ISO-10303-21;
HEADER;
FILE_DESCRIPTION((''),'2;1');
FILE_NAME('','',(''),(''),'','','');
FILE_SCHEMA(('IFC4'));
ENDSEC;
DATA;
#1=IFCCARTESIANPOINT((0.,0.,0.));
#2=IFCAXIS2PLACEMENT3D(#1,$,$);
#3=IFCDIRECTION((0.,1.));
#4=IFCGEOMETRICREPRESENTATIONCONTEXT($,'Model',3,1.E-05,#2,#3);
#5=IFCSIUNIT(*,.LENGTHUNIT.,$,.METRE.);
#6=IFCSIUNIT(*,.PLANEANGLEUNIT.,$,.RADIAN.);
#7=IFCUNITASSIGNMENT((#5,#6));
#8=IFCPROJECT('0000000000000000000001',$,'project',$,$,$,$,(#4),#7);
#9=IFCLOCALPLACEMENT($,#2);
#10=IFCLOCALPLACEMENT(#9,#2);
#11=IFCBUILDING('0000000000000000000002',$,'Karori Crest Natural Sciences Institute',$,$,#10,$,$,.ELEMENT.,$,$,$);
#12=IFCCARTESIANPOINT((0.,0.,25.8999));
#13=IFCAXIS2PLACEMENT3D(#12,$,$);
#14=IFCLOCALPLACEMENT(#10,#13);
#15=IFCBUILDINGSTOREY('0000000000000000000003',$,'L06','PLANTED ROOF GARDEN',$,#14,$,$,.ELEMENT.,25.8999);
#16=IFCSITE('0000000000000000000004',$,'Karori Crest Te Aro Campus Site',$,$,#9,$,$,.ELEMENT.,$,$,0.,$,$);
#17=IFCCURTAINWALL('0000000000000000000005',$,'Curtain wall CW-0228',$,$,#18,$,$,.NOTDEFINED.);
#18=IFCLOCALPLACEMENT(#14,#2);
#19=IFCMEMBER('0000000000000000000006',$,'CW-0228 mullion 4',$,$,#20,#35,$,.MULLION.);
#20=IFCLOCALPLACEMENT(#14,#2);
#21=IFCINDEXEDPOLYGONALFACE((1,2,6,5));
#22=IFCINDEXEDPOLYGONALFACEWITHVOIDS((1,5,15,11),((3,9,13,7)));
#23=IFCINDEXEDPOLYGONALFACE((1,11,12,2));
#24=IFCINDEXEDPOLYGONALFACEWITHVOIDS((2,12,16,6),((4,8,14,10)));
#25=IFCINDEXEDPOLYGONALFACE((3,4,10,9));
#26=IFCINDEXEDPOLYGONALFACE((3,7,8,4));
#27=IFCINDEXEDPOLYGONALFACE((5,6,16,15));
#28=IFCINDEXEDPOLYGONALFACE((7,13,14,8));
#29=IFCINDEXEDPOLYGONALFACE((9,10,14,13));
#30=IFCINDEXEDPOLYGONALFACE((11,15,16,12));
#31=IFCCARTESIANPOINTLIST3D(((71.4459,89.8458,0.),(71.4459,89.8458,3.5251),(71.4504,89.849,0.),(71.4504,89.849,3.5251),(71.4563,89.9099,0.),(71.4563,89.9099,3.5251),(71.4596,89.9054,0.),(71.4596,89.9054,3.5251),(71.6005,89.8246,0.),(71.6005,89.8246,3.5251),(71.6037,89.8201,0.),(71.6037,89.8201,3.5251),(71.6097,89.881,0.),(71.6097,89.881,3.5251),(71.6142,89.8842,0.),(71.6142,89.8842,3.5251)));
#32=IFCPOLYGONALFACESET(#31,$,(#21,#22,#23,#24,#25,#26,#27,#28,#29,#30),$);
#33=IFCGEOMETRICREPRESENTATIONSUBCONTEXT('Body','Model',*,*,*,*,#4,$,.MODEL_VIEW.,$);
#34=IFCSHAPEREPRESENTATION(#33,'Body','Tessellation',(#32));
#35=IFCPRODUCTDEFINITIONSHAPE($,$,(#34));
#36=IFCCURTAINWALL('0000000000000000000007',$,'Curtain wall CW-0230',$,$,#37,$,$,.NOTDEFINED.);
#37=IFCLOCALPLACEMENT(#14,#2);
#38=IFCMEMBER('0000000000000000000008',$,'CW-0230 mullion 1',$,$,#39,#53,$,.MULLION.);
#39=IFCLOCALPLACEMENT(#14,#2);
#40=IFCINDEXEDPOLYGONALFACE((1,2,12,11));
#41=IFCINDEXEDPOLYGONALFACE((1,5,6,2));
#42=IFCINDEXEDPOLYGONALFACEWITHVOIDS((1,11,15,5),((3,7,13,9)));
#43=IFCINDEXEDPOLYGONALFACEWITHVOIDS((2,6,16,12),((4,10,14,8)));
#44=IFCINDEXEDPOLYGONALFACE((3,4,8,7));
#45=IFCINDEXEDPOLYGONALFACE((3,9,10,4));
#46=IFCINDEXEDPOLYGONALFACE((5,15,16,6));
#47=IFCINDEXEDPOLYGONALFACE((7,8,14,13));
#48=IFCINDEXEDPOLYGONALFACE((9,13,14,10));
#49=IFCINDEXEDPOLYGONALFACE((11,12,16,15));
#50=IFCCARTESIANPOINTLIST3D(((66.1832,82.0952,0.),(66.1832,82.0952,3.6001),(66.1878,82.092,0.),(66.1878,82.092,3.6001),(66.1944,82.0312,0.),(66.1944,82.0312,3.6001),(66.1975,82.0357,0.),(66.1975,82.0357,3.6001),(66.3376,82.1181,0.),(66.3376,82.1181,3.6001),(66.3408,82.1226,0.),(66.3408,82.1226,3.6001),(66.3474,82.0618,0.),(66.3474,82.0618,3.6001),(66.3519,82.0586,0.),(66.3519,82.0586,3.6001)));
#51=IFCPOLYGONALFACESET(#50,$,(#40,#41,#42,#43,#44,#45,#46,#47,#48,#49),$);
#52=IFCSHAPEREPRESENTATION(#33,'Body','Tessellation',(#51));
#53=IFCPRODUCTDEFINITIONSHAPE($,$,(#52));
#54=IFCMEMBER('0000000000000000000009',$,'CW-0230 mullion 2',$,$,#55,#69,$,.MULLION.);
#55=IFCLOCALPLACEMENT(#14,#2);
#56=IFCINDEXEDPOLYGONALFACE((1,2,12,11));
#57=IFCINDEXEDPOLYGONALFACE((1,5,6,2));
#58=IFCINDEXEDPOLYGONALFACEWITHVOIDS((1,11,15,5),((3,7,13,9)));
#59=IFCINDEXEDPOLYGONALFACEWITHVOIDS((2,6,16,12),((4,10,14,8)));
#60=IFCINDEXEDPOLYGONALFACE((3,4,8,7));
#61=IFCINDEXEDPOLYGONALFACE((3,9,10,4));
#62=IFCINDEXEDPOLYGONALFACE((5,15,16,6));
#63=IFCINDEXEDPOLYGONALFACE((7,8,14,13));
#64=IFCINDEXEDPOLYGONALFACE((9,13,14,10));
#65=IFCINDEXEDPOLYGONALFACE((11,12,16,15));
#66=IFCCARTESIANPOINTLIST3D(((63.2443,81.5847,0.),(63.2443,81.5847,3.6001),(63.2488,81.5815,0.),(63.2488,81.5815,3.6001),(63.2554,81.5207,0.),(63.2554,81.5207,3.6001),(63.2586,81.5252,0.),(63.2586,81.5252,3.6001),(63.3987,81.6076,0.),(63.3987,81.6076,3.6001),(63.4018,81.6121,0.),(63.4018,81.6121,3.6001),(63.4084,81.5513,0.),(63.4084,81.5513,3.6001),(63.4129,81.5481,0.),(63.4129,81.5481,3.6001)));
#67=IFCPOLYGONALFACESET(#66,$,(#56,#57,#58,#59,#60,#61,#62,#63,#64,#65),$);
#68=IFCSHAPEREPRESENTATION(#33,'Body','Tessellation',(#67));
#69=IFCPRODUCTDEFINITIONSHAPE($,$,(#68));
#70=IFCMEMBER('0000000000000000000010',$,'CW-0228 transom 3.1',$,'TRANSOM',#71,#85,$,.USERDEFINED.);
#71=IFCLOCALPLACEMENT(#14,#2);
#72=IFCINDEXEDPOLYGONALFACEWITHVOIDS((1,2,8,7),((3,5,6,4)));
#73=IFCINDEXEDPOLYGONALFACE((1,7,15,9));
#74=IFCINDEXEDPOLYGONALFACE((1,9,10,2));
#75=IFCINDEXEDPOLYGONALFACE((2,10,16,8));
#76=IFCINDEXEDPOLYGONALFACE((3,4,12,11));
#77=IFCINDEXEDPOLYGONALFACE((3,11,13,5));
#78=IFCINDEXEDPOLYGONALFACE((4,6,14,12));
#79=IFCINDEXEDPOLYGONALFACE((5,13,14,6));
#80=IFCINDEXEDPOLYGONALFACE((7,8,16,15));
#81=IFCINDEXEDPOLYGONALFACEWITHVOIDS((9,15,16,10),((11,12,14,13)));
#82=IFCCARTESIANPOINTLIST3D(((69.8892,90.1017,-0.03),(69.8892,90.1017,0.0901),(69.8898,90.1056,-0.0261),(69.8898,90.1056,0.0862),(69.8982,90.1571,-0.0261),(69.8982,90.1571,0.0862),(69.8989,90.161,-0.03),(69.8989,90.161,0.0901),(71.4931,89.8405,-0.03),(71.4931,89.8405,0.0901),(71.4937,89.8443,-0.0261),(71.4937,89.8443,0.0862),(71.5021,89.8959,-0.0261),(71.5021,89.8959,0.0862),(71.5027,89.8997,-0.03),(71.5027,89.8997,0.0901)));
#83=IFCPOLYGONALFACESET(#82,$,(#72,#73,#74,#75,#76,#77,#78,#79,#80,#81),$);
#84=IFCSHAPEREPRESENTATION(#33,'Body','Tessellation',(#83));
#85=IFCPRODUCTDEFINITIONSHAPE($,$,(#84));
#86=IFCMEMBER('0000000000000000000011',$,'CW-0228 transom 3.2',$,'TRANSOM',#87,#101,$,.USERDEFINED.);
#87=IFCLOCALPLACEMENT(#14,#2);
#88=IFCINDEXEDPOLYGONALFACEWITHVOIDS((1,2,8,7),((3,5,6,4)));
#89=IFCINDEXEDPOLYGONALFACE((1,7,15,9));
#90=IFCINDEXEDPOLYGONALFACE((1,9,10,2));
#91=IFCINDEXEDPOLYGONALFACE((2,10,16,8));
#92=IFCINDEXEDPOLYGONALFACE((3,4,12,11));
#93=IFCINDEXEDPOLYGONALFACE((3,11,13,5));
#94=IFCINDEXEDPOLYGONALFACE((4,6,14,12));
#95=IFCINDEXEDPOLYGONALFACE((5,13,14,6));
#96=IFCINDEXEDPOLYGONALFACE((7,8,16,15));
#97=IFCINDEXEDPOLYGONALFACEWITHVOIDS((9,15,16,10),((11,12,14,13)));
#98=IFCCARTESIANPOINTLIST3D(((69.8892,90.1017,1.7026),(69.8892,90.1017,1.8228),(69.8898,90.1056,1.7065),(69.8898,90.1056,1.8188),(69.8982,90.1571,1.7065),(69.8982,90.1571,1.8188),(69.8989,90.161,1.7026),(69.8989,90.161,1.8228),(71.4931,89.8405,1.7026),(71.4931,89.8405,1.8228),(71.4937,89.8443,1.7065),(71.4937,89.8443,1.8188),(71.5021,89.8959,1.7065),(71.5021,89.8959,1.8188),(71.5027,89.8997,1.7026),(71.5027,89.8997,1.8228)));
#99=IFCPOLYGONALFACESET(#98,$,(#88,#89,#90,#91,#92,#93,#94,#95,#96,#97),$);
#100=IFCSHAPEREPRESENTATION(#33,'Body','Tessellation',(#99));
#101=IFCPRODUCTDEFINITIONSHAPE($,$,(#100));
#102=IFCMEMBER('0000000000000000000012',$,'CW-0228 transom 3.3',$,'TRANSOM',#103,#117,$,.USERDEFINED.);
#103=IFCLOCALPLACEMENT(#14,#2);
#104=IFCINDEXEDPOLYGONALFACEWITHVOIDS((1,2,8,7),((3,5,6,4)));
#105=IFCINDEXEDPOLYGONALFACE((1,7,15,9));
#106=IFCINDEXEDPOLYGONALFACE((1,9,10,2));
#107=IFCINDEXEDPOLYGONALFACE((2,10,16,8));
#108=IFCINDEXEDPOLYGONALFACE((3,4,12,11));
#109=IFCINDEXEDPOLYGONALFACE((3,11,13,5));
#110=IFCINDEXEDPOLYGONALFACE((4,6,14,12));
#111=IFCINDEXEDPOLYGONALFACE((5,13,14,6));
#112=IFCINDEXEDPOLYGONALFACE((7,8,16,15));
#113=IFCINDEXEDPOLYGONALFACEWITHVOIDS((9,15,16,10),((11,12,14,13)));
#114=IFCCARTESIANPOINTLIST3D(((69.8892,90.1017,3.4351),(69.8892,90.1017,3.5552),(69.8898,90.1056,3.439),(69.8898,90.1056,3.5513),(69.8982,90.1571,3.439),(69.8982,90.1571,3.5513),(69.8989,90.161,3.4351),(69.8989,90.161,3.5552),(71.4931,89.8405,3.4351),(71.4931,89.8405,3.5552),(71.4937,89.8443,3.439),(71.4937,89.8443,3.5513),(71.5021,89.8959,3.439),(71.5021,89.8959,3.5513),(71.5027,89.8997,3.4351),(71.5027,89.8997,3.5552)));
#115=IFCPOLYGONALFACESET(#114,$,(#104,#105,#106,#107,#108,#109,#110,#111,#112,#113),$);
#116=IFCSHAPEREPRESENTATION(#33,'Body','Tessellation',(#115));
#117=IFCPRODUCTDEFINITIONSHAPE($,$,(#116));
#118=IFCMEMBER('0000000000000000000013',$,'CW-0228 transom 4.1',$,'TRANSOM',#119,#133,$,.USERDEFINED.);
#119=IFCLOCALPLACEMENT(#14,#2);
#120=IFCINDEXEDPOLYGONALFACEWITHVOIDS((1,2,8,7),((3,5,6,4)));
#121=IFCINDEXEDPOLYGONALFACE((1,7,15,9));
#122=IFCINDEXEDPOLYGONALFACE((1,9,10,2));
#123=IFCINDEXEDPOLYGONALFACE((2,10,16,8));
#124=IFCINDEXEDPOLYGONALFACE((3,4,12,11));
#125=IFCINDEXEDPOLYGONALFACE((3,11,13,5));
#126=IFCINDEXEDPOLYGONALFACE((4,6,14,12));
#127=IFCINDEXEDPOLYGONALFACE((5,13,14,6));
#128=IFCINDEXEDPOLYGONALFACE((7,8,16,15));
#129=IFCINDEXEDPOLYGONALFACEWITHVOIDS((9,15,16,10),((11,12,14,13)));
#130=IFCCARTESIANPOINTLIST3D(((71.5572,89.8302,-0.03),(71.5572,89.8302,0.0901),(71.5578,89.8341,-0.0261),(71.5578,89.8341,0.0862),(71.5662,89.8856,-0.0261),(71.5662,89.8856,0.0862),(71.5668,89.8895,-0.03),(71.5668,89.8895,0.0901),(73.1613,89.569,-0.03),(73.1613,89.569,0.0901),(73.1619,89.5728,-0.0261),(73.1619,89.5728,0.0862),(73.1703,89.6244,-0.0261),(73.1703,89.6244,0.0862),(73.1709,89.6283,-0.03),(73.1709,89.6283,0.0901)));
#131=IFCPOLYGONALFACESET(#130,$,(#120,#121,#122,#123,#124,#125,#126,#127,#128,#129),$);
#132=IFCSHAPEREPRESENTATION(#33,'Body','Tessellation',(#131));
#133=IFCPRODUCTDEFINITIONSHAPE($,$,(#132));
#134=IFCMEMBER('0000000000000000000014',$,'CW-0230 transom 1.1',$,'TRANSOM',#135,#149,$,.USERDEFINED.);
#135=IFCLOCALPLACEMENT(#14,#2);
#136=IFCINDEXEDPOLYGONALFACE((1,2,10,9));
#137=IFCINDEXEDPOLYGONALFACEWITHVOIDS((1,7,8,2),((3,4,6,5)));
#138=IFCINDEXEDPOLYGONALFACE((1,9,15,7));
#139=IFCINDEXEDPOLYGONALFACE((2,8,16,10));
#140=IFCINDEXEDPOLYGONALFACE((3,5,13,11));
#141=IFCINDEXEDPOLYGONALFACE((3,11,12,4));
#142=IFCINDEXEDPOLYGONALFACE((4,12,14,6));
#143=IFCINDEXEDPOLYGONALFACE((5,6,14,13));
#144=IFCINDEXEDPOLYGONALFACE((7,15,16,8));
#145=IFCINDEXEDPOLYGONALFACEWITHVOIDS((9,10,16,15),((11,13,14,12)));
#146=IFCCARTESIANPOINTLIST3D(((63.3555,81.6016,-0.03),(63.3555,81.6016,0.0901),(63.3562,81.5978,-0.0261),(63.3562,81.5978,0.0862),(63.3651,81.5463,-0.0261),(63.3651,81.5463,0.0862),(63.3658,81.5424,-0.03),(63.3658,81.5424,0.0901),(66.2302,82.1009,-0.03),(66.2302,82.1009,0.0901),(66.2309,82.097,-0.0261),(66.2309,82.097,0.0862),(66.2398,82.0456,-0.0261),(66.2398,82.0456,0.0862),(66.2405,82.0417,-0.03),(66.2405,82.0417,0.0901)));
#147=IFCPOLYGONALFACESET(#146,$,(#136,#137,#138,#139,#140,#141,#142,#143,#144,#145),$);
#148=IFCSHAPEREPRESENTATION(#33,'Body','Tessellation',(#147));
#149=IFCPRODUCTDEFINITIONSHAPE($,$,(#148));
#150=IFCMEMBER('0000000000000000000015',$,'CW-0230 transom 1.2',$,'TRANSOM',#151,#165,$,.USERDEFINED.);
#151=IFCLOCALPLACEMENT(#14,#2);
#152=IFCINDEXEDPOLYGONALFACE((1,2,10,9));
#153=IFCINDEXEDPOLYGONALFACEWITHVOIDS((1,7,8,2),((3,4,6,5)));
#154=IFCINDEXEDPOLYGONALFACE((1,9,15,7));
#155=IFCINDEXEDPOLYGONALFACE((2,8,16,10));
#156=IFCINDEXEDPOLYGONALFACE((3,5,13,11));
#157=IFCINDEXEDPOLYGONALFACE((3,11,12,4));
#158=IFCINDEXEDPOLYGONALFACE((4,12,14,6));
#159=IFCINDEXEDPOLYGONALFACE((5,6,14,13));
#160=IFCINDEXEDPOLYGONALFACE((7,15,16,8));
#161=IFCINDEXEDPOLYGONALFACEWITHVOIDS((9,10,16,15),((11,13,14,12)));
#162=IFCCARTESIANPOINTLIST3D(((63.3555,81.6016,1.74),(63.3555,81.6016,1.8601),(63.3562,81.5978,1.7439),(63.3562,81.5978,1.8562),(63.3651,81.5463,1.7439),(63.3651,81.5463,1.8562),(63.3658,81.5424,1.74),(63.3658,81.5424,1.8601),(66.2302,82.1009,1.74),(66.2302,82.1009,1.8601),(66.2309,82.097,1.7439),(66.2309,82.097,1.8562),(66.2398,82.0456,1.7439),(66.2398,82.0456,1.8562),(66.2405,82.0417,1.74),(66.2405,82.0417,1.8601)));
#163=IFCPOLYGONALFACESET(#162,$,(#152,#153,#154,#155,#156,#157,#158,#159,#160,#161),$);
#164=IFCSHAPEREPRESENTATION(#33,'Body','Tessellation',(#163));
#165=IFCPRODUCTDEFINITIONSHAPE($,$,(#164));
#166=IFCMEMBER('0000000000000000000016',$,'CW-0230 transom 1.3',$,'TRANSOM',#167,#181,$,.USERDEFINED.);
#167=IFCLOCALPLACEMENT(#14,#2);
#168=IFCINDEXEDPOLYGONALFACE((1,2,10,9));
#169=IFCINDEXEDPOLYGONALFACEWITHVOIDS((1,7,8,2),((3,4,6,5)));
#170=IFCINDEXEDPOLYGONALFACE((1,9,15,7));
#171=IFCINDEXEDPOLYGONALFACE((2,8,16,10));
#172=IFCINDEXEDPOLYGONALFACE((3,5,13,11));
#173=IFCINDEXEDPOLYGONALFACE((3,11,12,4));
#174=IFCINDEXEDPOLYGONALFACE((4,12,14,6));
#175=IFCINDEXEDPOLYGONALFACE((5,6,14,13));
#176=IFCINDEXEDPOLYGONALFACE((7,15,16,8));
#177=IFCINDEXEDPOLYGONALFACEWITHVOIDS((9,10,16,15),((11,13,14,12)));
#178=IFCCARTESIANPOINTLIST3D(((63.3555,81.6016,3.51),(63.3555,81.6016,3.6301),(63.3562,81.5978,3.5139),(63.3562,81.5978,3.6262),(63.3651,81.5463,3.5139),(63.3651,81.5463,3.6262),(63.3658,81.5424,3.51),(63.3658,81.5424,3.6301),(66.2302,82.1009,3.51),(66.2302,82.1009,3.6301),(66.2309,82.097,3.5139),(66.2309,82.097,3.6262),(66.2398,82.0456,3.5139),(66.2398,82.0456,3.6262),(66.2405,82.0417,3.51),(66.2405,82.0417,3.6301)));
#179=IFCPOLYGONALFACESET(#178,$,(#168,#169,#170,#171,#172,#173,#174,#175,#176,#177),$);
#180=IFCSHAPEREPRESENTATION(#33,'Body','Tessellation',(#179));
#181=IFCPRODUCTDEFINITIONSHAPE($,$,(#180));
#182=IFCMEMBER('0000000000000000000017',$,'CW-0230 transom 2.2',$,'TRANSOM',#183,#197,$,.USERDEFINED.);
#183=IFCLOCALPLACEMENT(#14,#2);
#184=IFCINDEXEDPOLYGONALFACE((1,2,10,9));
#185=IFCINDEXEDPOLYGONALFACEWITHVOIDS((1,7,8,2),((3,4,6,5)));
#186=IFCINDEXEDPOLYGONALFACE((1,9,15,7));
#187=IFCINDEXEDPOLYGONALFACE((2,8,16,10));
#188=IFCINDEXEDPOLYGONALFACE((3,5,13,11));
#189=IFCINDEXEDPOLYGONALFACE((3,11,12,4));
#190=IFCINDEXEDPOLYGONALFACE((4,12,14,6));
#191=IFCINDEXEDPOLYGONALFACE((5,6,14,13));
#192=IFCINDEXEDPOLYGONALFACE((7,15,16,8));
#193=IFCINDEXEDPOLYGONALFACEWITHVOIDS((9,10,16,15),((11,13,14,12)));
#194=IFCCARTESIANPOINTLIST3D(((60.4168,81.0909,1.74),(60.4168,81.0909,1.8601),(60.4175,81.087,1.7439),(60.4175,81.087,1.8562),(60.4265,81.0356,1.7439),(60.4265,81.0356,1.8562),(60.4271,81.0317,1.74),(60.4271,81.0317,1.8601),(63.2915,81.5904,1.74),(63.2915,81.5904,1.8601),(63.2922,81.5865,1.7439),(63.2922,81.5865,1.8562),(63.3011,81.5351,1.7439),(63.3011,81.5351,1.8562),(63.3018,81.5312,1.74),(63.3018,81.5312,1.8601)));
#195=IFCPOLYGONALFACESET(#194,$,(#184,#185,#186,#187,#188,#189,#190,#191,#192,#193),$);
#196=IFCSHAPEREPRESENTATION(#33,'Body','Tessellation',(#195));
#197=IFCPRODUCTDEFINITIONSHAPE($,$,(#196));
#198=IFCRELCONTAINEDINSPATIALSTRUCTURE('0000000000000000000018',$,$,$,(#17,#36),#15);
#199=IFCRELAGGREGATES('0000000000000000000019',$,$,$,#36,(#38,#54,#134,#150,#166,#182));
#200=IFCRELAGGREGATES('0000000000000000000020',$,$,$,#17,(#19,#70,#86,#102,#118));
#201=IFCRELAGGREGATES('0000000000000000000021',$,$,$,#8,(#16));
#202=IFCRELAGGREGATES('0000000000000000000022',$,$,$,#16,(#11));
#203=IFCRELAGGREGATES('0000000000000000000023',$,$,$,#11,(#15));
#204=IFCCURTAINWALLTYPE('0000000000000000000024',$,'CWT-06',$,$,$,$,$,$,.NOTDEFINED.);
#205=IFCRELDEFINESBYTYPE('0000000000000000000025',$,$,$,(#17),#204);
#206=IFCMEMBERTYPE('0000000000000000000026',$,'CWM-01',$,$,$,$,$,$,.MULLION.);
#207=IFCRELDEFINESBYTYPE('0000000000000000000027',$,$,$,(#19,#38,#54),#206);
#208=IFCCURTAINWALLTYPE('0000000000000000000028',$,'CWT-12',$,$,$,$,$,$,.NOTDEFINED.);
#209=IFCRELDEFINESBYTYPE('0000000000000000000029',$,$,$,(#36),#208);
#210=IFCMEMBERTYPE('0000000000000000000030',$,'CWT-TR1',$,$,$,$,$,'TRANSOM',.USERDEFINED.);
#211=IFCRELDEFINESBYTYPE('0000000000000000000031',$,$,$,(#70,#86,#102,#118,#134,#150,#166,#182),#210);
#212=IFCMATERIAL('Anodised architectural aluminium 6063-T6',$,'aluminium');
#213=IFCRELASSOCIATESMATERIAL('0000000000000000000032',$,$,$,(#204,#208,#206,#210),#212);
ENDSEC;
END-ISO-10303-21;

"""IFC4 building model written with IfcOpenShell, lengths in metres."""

from ifc_helpers import new_model, si_unit, direction, frame, origin, origin_2d, place, context, subcontext, project, spatial, hollow_rectangle, extrude, material, material_profile, profile_set, type_object, element, aggregate, save


model = new_model("IFC4")

# Units and contexts
model_context = context("Model", 3, precision=1e-05, world=origin(), true_north=direction((0.0, 1.0)))
body_context = subcontext(model_context, "Body", "Model", "MODEL_VIEW")
ifc_project = project(units=[si_unit("LENGTHUNIT", "METRE"), si_unit("PLANEANGLEUNIT", "RADIAN")], contexts=[model_context])

# Site, building, storey
site_placement = place(None, origin())
site = spatial("IfcSite", under=ifc_project, at=site_placement, Name="Karori Crest Te Aro Campus Site", CompositionType="ELEMENT", RefElevation=0.0)
building_placement = place(site_placement, origin())
building = spatial("IfcBuilding", under=site, at=building_placement, Name="Karori Crest Natural Sciences Institute", CompositionType="ELEMENT")
storey_placement = place(building_placement, frame((0.0, 0.0, 25.8999)))
storey = spatial("IfcBuildingStorey", under=building, at=storey_placement, Name="L06", Description="PLANTED ROOF GARDEN", CompositionType="ELEMENT", Elevation=25.8999)

# Curtain walls, members
ifc_material_1 = material(Name="Anodised architectural aluminium 6063-T6", Category="aluminium")
curtain_wall_type_1 = type_object("IfcCurtainWallType", Name="CWT-06", PredefinedType="NOTDEFINED", material=ifc_material_1)
curtain_wall_1_placement = place(storey_placement, origin())
curtain_wall_1 = element("IfcCurtainWall", 1, at=curtain_wall_1_placement, inside=storey, type_object=curtain_wall_type_1, Name="Curtain wall CW-0228", PredefinedType="NOTDEFINED")
ifc_material_profile_1 = material_profile(ifc_material_1, hollow_rectangle(XDim=0.0649, YDim=0.1599, WallThickness=0.0039, at=origin_2d()), Name="CWM160x65x4")
ifc_profile_set_1 = profile_set([ifc_material_profile_1], Name="Anodised architectural aluminium 6063-T6")
member_type_1 = type_object("IfcMemberType", Name="CWM-01", PredefinedType="MULLION", material=ifc_profile_set_1)
member_1_placement = place(storey_placement, frame((71.53, 89.865, 0.0), z_axis=(0.0, 0.0, 1.0), x_axis=(0.160655, 0.987011, 0.0)))
member_1 = element("IfcMember", 2, at=member_1_placement, type_object=member_type_1, Name="CW-0228 mullion 4", PredefinedType="MULLION", context=body_context, shape_type="SweptSolid", body=[
    extrude(hollow_rectangle(XDim=0.0649, YDim=0.1599, WallThickness=0.0039, at=origin_2d()), origin(), (0.0, 0.0, 1.0), 3.5251),
])
curtain_wall_type_2 = type_object("IfcCurtainWallType", Name="CWT-12", PredefinedType="NOTDEFINED", material=ifc_material_1)
curtain_wall_2_placement = place(storey_placement, origin())
curtain_wall_2 = element("IfcCurtainWall", 3, at=curtain_wall_2_placement, inside=storey, type_object=curtain_wall_type_2, Name="Curtain wall CW-0230", PredefinedType="NOTDEFINED")
member_2_placement = place(storey_placement, frame((66.2676, 82.0769, 0.0), z_axis=(0.0, 0.0, 1.0), x_axis=(0.171174, -0.985241, 0.0)))
member_2 = element("IfcMember", 4, at=member_2_placement, type_object=member_type_1, Name="CW-0230 mullion 1", PredefinedType="MULLION", context=body_context, shape_type="SweptSolid", body=[
    extrude(hollow_rectangle(XDim=0.0649, YDim=0.1599, WallThickness=0.0039, at=origin_2d()), origin(), (0.0, 0.0, 1.0), 3.6001),
])
member_3_placement = place(storey_placement, frame((63.3286, 81.5664, 0.0), z_axis=(0.0, 0.0, 1.0), x_axis=(0.171174, -0.985241, 0.0)))
member_3 = element("IfcMember", 5, at=member_3_placement, type_object=member_type_1, Name="CW-0230 mullion 2", PredefinedType="MULLION", context=body_context, shape_type="SweptSolid", body=[
    extrude(hollow_rectangle(XDim=0.0649, YDim=0.1599, WallThickness=0.0039, at=origin_2d()), origin(), (0.0, 0.0, 1.0), 3.6001),
])

# Members
ifc_material_profile_2 = material_profile(ifc_material_1, hollow_rectangle(XDim=0.0601, YDim=0.1201, WallThickness=0.0039, at=origin_2d()), Name="CWT120x60x4")
ifc_profile_set_2 = profile_set([ifc_material_profile_2], Name="Anodised architectural aluminium 6063-T6")
member_type_2 = type_object("IfcMemberType", Name="CWT-TR1", ElementType="TRANSOM", PredefinedType="USERDEFINED", material=ifc_profile_set_2)
member_4_placement = place(storey_placement, frame((69.894, 90.1313, 0.03), z_axis=(0.986992, -0.160768, 0.0), x_axis=(0.160768, 0.986992, 0.0)))
member_4 = element("IfcMember", 6, at=member_4_placement, type_object=member_type_2, Name="CW-0228 transom 3.1", ObjectType="TRANSOM", PredefinedType="USERDEFINED", context=body_context, shape_type="SweptSolid", body=[
    extrude(hollow_rectangle(XDim=0.0601, YDim=0.1201, WallThickness=0.0039, at=origin_2d()), origin(), (0.0, 0.0, 1.0), 1.625),
])
member_5_placement = place(storey_placement, frame((69.894, 90.1313, 1.7627), z_axis=(0.986992, -0.160768, 0.0), x_axis=(0.160768, 0.986992, 0.0)))
member_5 = element("IfcMember", 7, at=member_5_placement, type_object=member_type_2, Name="CW-0228 transom 3.2", ObjectType="TRANSOM", PredefinedType="USERDEFINED", context=body_context, shape_type="SweptSolid", body=[
    extrude(hollow_rectangle(XDim=0.0601, YDim=0.1201, WallThickness=0.0039, at=origin_2d()), origin(), (0.0, 0.0, 1.0), 1.625),
])
member_6_placement = place(storey_placement, frame((69.894, 90.1313, 3.4951), z_axis=(0.986992, -0.160768, 0.0), x_axis=(0.160768, 0.986992, 0.0)))
member_6 = element("IfcMember", 8, at=member_6_placement, type_object=member_type_2, Name="CW-0228 transom 3.3", ObjectType="TRANSOM", PredefinedType="USERDEFINED", context=body_context, shape_type="SweptSolid", body=[
    extrude(hollow_rectangle(XDim=0.0601, YDim=0.1201, WallThickness=0.0039, at=origin_2d()), origin(), (0.0, 0.0, 1.0), 1.625),
])
member_7_placement = place(storey_placement, frame((71.562, 89.8599, 0.03), z_axis=(0.986996, -0.160744, 0.0), x_axis=(0.160744, 0.986996, 0.0)))
member_7 = element("IfcMember", 9, at=member_7_placement, type_object=member_type_2, Name="CW-0228 transom 4.1", ObjectType="TRANSOM", PredefinedType="USERDEFINED", context=body_context, shape_type="SweptSolid", body=[
    extrude(hollow_rectangle(XDim=0.0601, YDim=0.1201, WallThickness=0.0039, at=origin_2d()), origin(), (0.0, 0.0, 1.0), 1.6252),
])
member_8_placement = place(storey_placement, frame((66.2354, 82.0713, 0.03), z_axis=(-0.985252, -0.171112, 0.0), x_axis=(0.171112, -0.985252, 0.0)))
member_8 = element("IfcMember", 10, at=member_8_placement, type_object=member_type_2, Name="CW-0230 transom 1.1", ObjectType="TRANSOM", PredefinedType="USERDEFINED", context=body_context, shape_type="SweptSolid", body=[
    extrude(hollow_rectangle(XDim=0.0601, YDim=0.1201, WallThickness=0.0039, at=origin_2d()), origin(), (0.0, 0.0, 1.0), 2.9177),
])
member_9_placement = place(storey_placement, frame((66.2354, 82.0713, 1.8), z_axis=(-0.985252, -0.171112, 0.0), x_axis=(0.171112, -0.985252, 0.0)))
member_9 = element("IfcMember", 11, at=member_9_placement, type_object=member_type_2, Name="CW-0230 transom 1.2", ObjectType="TRANSOM", PredefinedType="USERDEFINED", context=body_context, shape_type="SweptSolid", body=[
    extrude(hollow_rectangle(XDim=0.0601, YDim=0.1201, WallThickness=0.0039, at=origin_2d()), origin(), (0.0, 0.0, 1.0), 2.9177),
])
member_10_placement = place(storey_placement, frame((66.2354, 82.0713, 3.5701), z_axis=(-0.985252, -0.171112, 0.0), x_axis=(0.171112, -0.985252, 0.0)))
member_10 = element("IfcMember", 12, at=member_10_placement, type_object=member_type_2, Name="CW-0230 transom 1.3", ObjectType="TRANSOM", PredefinedType="USERDEFINED", context=body_context, shape_type="SweptSolid", body=[
    extrude(hollow_rectangle(XDim=0.0601, YDim=0.1201, WallThickness=0.0039, at=origin_2d()), origin(), (0.0, 0.0, 1.0), 2.9177),
])
member_11_placement = place(storey_placement, frame((63.2966, 81.5608, 1.8), z_axis=(-0.985238, -0.171193, 0.0), x_axis=(0.171193, -0.985238, 0.0)))
member_11 = element("IfcMember", 13, at=member_11_placement, type_object=member_type_2, Name="CW-0230 transom 2.2", ObjectType="TRANSOM", PredefinedType="USERDEFINED", context=body_context, shape_type="SweptSolid", body=[
    extrude(hollow_rectangle(XDim=0.0601, YDim=0.1201, WallThickness=0.0039, at=origin_2d()), origin(), (0.0, 0.0, 1.0), 2.9177),
])

aggregate(curtain_wall_2, [member_2, member_3, member_8, member_9, member_10, member_11])
aggregate(curtain_wall_1, [member_1, member_4, member_5, member_6, member_7])

save(model, "model.ifc")
